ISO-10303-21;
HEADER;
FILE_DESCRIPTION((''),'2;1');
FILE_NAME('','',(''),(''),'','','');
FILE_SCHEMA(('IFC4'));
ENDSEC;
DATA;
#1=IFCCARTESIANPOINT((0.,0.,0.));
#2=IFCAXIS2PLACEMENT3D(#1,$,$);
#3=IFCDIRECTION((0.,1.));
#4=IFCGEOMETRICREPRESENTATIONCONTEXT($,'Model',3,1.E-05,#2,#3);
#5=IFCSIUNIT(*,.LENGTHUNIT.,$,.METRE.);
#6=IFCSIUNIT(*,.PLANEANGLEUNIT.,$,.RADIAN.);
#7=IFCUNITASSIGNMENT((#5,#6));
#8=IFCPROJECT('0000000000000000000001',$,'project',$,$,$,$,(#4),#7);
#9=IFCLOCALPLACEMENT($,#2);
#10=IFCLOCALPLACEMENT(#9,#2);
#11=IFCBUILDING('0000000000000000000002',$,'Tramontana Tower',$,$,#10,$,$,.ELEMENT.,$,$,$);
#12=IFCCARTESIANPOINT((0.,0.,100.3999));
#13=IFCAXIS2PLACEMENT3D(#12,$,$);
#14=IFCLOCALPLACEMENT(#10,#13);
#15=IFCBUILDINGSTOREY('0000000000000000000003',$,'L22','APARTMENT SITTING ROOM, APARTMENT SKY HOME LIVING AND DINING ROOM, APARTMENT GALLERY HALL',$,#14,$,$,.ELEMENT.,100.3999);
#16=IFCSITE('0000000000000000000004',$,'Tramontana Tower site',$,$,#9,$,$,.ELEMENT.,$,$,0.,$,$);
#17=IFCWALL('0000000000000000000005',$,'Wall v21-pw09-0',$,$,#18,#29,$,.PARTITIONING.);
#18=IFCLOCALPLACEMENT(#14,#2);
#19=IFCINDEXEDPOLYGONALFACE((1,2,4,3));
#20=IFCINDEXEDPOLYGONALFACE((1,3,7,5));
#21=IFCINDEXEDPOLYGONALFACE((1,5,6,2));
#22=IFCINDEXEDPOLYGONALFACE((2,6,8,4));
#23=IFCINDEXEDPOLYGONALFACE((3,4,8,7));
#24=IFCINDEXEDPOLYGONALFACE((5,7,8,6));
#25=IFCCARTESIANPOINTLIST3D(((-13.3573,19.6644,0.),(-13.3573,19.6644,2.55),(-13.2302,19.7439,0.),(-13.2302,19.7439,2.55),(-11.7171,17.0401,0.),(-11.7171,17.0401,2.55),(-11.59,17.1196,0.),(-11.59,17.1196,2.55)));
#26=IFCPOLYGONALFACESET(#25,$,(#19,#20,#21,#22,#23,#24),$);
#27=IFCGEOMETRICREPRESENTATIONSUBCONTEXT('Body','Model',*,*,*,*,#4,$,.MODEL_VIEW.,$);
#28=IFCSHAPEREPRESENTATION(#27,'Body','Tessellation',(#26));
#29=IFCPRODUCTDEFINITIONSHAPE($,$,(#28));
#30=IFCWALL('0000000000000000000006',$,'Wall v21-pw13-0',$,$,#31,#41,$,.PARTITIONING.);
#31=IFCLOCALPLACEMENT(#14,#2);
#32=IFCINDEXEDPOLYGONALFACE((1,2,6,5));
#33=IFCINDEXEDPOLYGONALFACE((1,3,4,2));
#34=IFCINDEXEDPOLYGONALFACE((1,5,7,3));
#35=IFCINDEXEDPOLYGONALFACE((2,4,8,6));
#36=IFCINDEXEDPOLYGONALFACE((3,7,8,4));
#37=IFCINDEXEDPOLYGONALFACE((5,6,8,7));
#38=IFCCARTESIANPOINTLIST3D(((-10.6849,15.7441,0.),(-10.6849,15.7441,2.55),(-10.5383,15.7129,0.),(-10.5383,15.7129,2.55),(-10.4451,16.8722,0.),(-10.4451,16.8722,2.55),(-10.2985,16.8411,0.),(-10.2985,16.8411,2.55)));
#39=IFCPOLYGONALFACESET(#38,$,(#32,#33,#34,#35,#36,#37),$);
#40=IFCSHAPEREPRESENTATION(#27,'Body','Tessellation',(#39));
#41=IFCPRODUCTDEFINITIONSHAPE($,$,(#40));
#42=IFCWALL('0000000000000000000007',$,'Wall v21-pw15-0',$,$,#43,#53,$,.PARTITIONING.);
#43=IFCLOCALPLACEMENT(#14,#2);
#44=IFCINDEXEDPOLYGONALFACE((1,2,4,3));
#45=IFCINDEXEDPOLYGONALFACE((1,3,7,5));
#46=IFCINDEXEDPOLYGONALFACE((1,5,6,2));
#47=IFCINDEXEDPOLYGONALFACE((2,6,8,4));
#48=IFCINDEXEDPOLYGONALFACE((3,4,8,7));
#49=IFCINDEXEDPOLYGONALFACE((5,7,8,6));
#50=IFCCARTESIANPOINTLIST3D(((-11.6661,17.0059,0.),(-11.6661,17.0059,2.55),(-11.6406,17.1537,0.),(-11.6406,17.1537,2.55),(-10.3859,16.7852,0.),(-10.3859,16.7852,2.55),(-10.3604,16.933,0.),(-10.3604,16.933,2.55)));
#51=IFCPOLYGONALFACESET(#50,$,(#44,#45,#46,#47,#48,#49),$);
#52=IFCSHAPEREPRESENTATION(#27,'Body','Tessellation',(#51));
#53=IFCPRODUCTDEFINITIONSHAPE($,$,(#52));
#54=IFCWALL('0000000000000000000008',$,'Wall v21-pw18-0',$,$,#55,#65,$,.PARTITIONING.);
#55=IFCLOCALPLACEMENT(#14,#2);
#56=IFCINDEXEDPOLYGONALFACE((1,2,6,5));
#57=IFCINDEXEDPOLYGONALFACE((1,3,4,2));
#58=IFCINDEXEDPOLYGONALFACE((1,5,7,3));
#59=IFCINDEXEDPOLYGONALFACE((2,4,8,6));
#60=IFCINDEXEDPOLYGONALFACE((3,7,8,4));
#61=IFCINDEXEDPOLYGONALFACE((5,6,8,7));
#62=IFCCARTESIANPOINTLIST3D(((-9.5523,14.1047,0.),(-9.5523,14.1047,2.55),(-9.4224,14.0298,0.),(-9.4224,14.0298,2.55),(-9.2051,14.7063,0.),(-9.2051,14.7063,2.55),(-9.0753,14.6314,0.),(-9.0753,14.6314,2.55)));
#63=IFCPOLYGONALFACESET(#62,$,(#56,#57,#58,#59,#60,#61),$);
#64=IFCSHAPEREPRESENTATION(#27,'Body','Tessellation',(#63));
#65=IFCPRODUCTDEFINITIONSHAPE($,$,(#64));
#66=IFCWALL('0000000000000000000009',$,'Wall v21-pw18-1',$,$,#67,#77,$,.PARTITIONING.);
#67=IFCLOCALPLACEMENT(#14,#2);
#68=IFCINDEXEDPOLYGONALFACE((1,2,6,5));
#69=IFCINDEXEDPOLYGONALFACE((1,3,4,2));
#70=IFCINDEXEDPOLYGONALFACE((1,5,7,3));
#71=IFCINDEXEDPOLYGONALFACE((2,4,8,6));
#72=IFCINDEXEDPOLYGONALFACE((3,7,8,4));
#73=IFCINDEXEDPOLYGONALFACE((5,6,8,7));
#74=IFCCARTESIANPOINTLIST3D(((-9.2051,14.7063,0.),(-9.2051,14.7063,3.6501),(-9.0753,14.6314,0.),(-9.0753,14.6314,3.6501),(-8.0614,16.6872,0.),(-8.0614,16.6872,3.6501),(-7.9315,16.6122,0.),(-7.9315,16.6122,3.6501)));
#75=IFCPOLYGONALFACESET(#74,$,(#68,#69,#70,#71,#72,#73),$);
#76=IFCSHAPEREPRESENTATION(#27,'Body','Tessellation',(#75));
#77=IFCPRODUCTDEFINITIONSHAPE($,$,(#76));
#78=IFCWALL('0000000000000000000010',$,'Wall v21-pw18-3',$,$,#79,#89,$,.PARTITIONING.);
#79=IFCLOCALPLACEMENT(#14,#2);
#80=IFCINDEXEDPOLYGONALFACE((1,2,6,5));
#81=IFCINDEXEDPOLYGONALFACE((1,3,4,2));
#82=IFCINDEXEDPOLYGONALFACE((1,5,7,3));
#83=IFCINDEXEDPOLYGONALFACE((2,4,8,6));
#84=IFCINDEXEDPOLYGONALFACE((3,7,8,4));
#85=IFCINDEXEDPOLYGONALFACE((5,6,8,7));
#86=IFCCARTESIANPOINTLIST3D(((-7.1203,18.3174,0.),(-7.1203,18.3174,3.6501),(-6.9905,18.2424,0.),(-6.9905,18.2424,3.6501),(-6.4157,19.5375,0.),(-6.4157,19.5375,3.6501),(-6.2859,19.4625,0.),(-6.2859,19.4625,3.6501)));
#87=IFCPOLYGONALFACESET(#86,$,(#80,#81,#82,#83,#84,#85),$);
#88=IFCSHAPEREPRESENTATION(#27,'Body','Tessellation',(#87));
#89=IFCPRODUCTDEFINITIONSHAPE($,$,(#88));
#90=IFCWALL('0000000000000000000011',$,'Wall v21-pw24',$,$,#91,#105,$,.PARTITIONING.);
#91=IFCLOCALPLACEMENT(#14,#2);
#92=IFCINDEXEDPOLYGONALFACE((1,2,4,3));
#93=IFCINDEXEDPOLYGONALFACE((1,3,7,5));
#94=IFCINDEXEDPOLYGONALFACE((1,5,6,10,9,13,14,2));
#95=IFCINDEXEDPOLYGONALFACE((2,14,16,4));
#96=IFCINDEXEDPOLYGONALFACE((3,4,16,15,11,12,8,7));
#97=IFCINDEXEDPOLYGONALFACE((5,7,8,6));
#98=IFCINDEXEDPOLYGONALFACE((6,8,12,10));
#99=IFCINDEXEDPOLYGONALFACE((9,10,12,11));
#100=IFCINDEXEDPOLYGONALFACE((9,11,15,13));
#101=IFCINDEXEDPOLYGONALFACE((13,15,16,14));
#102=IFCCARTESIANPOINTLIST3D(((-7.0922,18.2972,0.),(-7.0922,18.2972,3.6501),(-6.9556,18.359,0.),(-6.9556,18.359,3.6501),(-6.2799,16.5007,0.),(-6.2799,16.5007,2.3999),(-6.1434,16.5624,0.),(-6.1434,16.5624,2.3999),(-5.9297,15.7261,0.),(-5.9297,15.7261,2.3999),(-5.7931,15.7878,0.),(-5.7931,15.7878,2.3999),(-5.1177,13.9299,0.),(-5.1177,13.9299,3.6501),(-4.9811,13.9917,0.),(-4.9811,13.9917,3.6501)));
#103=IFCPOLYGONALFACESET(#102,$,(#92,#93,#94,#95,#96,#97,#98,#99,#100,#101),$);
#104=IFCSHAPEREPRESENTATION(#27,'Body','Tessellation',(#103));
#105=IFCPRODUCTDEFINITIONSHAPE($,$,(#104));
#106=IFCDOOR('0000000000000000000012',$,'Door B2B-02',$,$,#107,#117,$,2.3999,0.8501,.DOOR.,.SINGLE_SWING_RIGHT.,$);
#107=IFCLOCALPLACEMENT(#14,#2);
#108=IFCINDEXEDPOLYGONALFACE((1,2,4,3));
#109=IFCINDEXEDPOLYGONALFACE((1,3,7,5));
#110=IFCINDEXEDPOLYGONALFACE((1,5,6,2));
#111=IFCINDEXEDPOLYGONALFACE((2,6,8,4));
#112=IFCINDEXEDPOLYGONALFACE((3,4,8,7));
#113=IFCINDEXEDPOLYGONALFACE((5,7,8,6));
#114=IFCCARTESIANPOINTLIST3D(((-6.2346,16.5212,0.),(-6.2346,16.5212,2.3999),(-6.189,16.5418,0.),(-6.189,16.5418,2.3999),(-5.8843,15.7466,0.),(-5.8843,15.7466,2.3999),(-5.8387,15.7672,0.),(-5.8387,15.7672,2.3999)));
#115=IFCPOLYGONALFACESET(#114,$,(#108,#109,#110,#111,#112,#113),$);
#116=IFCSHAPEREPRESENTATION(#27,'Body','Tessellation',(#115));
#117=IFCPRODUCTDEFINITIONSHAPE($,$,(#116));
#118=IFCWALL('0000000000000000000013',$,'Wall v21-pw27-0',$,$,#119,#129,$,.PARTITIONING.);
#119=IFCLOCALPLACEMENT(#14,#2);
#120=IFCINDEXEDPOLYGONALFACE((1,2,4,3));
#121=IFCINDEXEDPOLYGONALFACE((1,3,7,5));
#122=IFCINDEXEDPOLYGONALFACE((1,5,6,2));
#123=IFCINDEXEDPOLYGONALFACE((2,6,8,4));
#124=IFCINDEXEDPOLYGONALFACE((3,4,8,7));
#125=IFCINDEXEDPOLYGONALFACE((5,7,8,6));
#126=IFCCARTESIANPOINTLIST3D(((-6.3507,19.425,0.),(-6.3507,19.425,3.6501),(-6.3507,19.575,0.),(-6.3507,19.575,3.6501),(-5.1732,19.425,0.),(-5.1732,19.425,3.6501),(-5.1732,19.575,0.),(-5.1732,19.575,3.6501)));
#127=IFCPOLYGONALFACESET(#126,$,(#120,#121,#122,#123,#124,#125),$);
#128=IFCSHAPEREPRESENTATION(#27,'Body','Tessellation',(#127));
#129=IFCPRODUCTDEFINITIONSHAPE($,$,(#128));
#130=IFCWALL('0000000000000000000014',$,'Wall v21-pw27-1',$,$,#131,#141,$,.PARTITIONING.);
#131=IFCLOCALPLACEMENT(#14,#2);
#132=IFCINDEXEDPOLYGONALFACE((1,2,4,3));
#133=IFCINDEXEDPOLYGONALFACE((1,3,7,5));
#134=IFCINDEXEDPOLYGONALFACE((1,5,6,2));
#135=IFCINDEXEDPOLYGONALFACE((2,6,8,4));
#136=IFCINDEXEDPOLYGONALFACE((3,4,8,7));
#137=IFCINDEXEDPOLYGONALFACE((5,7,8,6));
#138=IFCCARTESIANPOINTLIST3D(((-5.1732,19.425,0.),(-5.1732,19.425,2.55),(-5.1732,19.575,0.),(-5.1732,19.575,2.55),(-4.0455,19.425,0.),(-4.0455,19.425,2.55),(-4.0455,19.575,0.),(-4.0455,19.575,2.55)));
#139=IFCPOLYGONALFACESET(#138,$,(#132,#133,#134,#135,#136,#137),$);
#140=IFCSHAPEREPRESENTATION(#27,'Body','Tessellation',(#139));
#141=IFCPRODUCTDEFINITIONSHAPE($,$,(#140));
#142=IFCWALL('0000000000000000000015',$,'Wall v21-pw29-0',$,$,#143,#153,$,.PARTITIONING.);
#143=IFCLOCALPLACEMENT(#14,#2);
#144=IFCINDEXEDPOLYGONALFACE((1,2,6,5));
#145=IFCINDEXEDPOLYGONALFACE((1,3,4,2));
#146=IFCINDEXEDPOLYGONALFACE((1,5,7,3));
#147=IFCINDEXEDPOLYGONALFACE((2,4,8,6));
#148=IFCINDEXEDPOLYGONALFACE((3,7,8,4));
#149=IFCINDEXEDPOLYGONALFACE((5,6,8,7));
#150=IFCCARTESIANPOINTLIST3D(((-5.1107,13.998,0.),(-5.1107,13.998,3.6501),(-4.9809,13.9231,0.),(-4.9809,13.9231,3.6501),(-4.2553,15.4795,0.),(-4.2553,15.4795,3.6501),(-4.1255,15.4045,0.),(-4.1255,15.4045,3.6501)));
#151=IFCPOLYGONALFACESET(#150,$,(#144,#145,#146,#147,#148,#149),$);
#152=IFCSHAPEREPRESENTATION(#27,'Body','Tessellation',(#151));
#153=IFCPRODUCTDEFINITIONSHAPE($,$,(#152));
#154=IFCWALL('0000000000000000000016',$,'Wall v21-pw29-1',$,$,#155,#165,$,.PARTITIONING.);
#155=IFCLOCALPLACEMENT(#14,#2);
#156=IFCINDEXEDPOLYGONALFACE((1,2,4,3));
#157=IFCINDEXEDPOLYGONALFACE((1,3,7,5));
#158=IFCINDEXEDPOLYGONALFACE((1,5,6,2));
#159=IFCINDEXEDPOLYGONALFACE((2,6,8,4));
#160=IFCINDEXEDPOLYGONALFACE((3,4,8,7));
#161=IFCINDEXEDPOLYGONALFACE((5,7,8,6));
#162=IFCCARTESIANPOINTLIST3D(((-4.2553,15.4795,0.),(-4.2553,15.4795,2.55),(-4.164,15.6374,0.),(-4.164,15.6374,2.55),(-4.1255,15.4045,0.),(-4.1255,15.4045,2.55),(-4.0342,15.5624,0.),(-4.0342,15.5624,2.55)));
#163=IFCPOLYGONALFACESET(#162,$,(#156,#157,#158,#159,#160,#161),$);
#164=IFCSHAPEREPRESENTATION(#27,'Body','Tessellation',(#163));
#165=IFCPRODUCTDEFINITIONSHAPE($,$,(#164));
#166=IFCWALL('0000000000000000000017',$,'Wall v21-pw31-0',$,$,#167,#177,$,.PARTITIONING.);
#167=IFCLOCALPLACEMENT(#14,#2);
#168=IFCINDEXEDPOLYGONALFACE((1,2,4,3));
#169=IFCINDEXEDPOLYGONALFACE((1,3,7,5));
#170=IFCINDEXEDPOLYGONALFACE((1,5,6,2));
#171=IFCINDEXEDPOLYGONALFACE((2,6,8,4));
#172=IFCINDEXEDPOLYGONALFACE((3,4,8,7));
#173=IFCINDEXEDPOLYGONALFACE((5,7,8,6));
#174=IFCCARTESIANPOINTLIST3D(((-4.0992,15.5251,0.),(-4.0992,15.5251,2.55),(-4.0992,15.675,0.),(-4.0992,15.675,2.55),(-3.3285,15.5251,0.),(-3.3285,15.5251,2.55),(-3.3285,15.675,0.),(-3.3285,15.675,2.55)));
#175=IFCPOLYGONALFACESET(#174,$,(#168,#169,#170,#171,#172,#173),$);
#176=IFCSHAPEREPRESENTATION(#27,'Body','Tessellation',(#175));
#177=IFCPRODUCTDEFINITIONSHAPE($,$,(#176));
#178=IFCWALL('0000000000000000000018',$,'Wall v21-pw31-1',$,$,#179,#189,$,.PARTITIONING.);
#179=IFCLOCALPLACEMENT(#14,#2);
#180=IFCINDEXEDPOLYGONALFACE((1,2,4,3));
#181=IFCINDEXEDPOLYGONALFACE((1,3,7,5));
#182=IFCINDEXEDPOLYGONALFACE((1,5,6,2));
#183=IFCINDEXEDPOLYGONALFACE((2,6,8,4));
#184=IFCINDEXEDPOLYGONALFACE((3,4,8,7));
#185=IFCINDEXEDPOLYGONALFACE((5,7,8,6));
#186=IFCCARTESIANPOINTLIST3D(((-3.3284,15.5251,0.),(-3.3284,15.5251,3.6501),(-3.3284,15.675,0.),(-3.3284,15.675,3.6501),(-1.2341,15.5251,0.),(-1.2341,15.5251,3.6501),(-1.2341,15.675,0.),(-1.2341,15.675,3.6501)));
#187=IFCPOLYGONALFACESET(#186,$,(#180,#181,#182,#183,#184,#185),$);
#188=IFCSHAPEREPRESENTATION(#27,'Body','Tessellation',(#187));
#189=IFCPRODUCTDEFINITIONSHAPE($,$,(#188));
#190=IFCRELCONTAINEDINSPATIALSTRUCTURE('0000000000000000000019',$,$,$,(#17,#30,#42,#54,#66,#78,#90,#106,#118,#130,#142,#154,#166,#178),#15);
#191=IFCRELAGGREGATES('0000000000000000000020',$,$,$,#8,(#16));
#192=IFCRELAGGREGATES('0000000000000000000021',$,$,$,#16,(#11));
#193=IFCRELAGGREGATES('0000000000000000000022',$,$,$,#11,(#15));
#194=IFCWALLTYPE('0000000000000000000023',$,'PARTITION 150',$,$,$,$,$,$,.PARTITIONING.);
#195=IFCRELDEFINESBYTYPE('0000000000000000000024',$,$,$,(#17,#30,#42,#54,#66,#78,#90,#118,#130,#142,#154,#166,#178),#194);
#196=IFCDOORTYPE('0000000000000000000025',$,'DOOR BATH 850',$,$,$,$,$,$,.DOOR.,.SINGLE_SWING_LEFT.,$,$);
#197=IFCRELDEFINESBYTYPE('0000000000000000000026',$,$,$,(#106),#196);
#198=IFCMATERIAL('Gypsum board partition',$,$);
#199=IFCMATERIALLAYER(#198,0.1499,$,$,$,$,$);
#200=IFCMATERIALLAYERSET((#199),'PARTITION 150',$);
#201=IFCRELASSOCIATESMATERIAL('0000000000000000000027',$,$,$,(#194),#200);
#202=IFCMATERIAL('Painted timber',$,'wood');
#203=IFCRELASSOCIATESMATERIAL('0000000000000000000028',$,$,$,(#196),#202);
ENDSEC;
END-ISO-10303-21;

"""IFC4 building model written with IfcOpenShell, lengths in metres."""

from ifc_helpers import new_model, si_unit, direction, frame, frame_2d, origin, place, context, subcontext, project, spatial, rectangle, extrude, material, layer, layer_set, type_object, element, fill, save


model = new_model("IFC4")

# Units and contexts
model_context = context("Model", 3, precision=1e-05, world=origin(), true_north=direction((0.0, 1.0)))
body_context = subcontext(model_context, "Body", "Model", "MODEL_VIEW")
ifc_project = project(units=[si_unit("LENGTHUNIT", "METRE"), si_unit("PLANEANGLEUNIT", "RADIAN")], contexts=[model_context])

# Site, building, storey
site_placement = place(None, origin())
site = spatial("IfcSite", under=ifc_project, at=site_placement, Name="Tramontana Tower site", CompositionType="ELEMENT", RefElevation=0.0)
building_placement = place(site_placement, origin())
building = spatial("IfcBuilding", under=site, at=building_placement, Name="Tramontana Tower", CompositionType="ELEMENT")
storey_placement = place(building_placement, frame((0.0, 0.0, 100.3999)))
storey = spatial("IfcBuildingStorey", under=building, at=storey_placement, Name="L22", Description="APARTMENT SITTING ROOM, APARTMENT SKY HOME LIVING AND DINING ROOM, APARTMENT GALLERY HALL", CompositionType="ELEMENT", Elevation=100.3999)

# Walls
ifc_material_1 = material(Name="Gypsum board partition")
ifc_layer_1 = layer(ifc_material_1, 0.1499)
ifc_layer_set_1 = layer_set([ifc_layer_1], Name="PARTITION 150")
wall_type_1 = type_object("IfcWallType", Name="PARTITION 150", PredefinedType="PARTITIONING", material=ifc_layer_set_1)
wall_1_placement = place(storey_placement, frame((-11.6536, 17.0798, 0.0), z_axis=(0.0, 0.0, 1.0), x_axis=(-0.529992, 0.848003, 0.0)))
element("IfcWall", 1, at=wall_1_placement, inside=storey, type_object=wall_type_1, Name="Wall v21-pw09-0", PredefinedType="PARTITIONING", context=body_context, shape_type="SweptSolid", body=[
    extrude(rectangle(XDim=3.0947, YDim=0.1499, at=frame_2d((1.5474, 0.0))), origin(), (0.0, 0.0, 1.0), 2.55),
])
wall_2_placement = place(storey_placement, frame((-10.6116, 15.7285, 0.0), z_axis=(0.0, 0.0, 1.0), x_axis=(0.207866, 0.978157, 0.0)))
element("IfcWall", 2, at=wall_2_placement, inside=storey, type_object=wall_type_1, Name="Wall v21-pw13-0", PredefinedType="PARTITIONING", context=body_context, shape_type="SweptSolid", body=[
    extrude(rectangle(XDim=1.1533, YDim=0.1499, at=frame_2d((0.5767, 0.0))), origin(), (0.0, 0.0, 1.0), 2.55),
])
wall_3_placement = place(storey_placement, frame((-10.3733, 16.8591, 0.0), z_axis=(0.0, 0.0, 1.0), x_axis=(-0.985464, 0.169882, 0.0)))
element("IfcWall", 3, at=wall_3_placement, inside=storey, type_object=wall_type_1, Name="Wall v21-pw15-0", PredefinedType="PARTITIONING", context=body_context, shape_type="SweptSolid", body=[
    extrude(rectangle(XDim=1.2991, YDim=0.1499, at=frame_2d((0.6494, 0.0))), origin(), (0.0, 0.0, 1.0), 2.55),
])
wall_4_placement = place(storey_placement, frame((-9.4873, 14.0674, 0.0), z_axis=(0.0, 0.0, 1.0), x_axis=(0.499844, 0.866115, 0.0)))
element("IfcWall", 4, at=wall_4_placement, inside=storey, type_object=wall_type_1, Name="Wall v21-pw18-0", PredefinedType="PARTITIONING", context=body_context, shape_type="SweptSolid", body=[
    extrude(rectangle(XDim=0.6946, YDim=0.1499, at=frame_2d((0.3472, 0.0))), origin(), (0.0, 0.0, 1.0), 2.55),
])
wall_5_placement = place(storey_placement, frame((-9.1401, 14.6689, 0.0), z_axis=(0.0, 0.0, 1.0), x_axis=(0.50003, 0.866008, 0.0)))
element("IfcWall", 5, at=wall_5_placement, inside=storey, type_object=wall_type_1, Name="Wall v21-pw18-1", PredefinedType="PARTITIONING", context=body_context, shape_type="SweptSolid", body=[
    extrude(rectangle(XDim=2.2874, YDim=0.1499, at=frame_2d((1.1436, 0.0))), origin(), (0.0, 0.0, 1.0), 3.6501),
])

# Wall
wall_6_placement = place(storey_placement, frame((-7.0554, 18.2798, 0.0), z_axis=(0.0, 0.0, 1.0), x_axis=(0.500052, 0.865995, 0.0)))
element("IfcWall", 6, at=wall_6_placement, inside=storey, type_object=wall_type_1, Name="Wall v21-pw18-3", PredefinedType="PARTITIONING", context=body_context, shape_type="SweptSolid", body=[
    extrude(rectangle(XDim=1.4089, YDim=0.1499, at=frame_2d((0.7046, 0.0))), origin(), (0.0, 0.0, 1.0), 3.6501),
])

# Wall, opening, door
wall_7_placement = place(storey_placement, frame((-7.0239, 18.3281, 0.0), z_axis=(0.0, 0.0, 1.0), x_axis=(0.411972, -0.911197, 0.0)))
wall_7 = element("IfcWall", 7, at=wall_7_placement, inside=storey, type_object=wall_type_1, Name="Wall v21-pw24", PredefinedType="PARTITIONING", context=body_context, shape_type="SweptSolid", body=[
    extrude(rectangle(XDim=4.793, YDim=0.1499, at=frame_2d((2.3965, 0.0))), origin(), (0.0, 0.0, 1.0), 3.6501),
])
opening_1_placement = place(wall_7_placement, frame((1.9717, 0.0, 0.0)))
opening_1 = element("IfcOpeningElement", 8, at=opening_1_placement, cuts=wall_7, PredefinedType="OPENING", context=body_context, shape_type="SweptSolid", body=[
    extrude(rectangle(XDim=0.8501, YDim=2.3999, at=frame_2d((0.425, 1.2))), frame((0.0, 0.085, 0.0), z_axis=(0.0, -1.0, 0.0), x_axis=(1.0, 0.0, 0.0)), (0.0, 0.0, 1.0), 0.1699),
])
ifc_material_2 = material(Name="Painted timber", Category="wood")
door_type_1 = type_object("IfcDoorType", Name="DOOR BATH 850", OperationType="SINGLE_SWING_LEFT", PredefinedType="DOOR", material=ifc_material_2)
door_1_placement = place(opening_1_placement, origin())
door_1 = element("IfcDoor", 9, at=door_1_placement, inside=storey, type_object=door_type_1, Name="Door B2B-02", OperationType="SINGLE_SWING_RIGHT", OverallHeight=2.3999, OverallWidth=0.8501, PredefinedType="DOOR", context=body_context, shape_type="SweptSolid", body=[
    extrude(rectangle(XDim=0.8501, YDim=2.3999, at=frame_2d((0.425, 1.2))), frame((0.0, 0.0249, 0.0), z_axis=(0.0, -1.0, 0.0), x_axis=(1.0, 0.0, 0.0)), (0.0, 0.0, 1.0), 0.05),
])
fill(opening_1, door_1)

# Walls
wall_8_placement = place(storey_placement, frame((-6.3508, 19.5, 0.0), z_axis=(0.0, 0.0, 1.0), x_axis=(1.0, 0.0, 0.0)))
element("IfcWall", 10, at=wall_8_placement, inside=storey, type_object=wall_type_1, Name="Wall v21-pw27-0", PredefinedType="PARTITIONING", context=body_context, shape_type="SweptSolid", body=[
    extrude(rectangle(XDim=1.1775, YDim=0.1499, at=frame_2d((0.5889, 0.0))), origin(), (0.0, 0.0, 1.0), 3.6501),
])
wall_9_placement = place(storey_placement, frame((-5.1733, 19.5, 0.0), z_axis=(0.0, 0.0, 1.0), x_axis=(1.0, 0.0, 0.0)))
element("IfcWall", 11, at=wall_9_placement, inside=storey, type_object=wall_type_1, Name="Wall v21-pw27-1", PredefinedType="PARTITIONING", context=body_context, shape_type="SweptSolid", body=[
    extrude(rectangle(XDim=1.1277, YDim=0.1499, at=frame_2d((0.564, 0.0))), origin(), (0.0, 0.0, 1.0), 2.55),
])
wall_10_placement = place(storey_placement, frame((-5.0459, 13.9604, 0.0), z_axis=(0.0, 0.0, 1.0), x_axis=(0.500068, 0.865986, 0.0)))
element("IfcWall", 12, at=wall_10_placement, inside=storey, type_object=wall_type_1, Name="Wall v21-pw29-0", PredefinedType="PARTITIONING", context=body_context, shape_type="SweptSolid", body=[
    extrude(rectangle(XDim=1.7107, YDim=0.1499, at=frame_2d((0.8555, 0.0))), origin(), (0.0, 0.0, 1.0), 3.6501),
])
wall_11_placement = place(storey_placement, frame((-4.1904, 15.4419, 0.0), z_axis=(0.0, 0.0, 1.0), x_axis=(0.500456, 0.865762, 0.0)))
element("IfcWall", 13, at=wall_11_placement, inside=storey, type_object=wall_type_1, Name="Wall v21-pw29-1", PredefinedType="PARTITIONING", context=body_context, shape_type="SweptSolid", body=[
    extrude(rectangle(XDim=0.1824, YDim=0.1499, at=frame_2d((0.0913, 0.0))), origin(), (0.0, 0.0, 1.0), 2.55),
])
wall_12_placement = place(storey_placement, frame((-4.0991, 15.6001, 0.0), z_axis=(0.0, 0.0, 1.0), x_axis=(1.0, 0.0, 0.0)))
element("IfcWall", 14, at=wall_12_placement, inside=storey, type_object=wall_type_1, Name="Wall v21-pw31-0", PredefinedType="PARTITIONING", context=body_context, shape_type="SweptSolid", body=[
    extrude(rectangle(XDim=0.7708, YDim=0.1499, at=frame_2d((0.3853, 0.0))), origin(), (0.0, 0.0, 1.0), 2.55),
])
wall_13_placement = place(storey_placement, frame((-3.3284, 15.6001, 0.0), z_axis=(0.0, 0.0, 1.0), x_axis=(1.0, 0.0, 0.0)))
element("IfcWall", 15, at=wall_13_placement, inside=storey, type_object=wall_type_1, Name="Wall v21-pw31-1", PredefinedType="PARTITIONING", context=body_context, shape_type="SweptSolid", body=[
    extrude(rectangle(XDim=2.0942, YDim=0.1499, at=frame_2d((1.0471, 0.0))), origin(), (0.0, 0.0, 1.0), 3.6501),
])

save(model, "model.ifc")
